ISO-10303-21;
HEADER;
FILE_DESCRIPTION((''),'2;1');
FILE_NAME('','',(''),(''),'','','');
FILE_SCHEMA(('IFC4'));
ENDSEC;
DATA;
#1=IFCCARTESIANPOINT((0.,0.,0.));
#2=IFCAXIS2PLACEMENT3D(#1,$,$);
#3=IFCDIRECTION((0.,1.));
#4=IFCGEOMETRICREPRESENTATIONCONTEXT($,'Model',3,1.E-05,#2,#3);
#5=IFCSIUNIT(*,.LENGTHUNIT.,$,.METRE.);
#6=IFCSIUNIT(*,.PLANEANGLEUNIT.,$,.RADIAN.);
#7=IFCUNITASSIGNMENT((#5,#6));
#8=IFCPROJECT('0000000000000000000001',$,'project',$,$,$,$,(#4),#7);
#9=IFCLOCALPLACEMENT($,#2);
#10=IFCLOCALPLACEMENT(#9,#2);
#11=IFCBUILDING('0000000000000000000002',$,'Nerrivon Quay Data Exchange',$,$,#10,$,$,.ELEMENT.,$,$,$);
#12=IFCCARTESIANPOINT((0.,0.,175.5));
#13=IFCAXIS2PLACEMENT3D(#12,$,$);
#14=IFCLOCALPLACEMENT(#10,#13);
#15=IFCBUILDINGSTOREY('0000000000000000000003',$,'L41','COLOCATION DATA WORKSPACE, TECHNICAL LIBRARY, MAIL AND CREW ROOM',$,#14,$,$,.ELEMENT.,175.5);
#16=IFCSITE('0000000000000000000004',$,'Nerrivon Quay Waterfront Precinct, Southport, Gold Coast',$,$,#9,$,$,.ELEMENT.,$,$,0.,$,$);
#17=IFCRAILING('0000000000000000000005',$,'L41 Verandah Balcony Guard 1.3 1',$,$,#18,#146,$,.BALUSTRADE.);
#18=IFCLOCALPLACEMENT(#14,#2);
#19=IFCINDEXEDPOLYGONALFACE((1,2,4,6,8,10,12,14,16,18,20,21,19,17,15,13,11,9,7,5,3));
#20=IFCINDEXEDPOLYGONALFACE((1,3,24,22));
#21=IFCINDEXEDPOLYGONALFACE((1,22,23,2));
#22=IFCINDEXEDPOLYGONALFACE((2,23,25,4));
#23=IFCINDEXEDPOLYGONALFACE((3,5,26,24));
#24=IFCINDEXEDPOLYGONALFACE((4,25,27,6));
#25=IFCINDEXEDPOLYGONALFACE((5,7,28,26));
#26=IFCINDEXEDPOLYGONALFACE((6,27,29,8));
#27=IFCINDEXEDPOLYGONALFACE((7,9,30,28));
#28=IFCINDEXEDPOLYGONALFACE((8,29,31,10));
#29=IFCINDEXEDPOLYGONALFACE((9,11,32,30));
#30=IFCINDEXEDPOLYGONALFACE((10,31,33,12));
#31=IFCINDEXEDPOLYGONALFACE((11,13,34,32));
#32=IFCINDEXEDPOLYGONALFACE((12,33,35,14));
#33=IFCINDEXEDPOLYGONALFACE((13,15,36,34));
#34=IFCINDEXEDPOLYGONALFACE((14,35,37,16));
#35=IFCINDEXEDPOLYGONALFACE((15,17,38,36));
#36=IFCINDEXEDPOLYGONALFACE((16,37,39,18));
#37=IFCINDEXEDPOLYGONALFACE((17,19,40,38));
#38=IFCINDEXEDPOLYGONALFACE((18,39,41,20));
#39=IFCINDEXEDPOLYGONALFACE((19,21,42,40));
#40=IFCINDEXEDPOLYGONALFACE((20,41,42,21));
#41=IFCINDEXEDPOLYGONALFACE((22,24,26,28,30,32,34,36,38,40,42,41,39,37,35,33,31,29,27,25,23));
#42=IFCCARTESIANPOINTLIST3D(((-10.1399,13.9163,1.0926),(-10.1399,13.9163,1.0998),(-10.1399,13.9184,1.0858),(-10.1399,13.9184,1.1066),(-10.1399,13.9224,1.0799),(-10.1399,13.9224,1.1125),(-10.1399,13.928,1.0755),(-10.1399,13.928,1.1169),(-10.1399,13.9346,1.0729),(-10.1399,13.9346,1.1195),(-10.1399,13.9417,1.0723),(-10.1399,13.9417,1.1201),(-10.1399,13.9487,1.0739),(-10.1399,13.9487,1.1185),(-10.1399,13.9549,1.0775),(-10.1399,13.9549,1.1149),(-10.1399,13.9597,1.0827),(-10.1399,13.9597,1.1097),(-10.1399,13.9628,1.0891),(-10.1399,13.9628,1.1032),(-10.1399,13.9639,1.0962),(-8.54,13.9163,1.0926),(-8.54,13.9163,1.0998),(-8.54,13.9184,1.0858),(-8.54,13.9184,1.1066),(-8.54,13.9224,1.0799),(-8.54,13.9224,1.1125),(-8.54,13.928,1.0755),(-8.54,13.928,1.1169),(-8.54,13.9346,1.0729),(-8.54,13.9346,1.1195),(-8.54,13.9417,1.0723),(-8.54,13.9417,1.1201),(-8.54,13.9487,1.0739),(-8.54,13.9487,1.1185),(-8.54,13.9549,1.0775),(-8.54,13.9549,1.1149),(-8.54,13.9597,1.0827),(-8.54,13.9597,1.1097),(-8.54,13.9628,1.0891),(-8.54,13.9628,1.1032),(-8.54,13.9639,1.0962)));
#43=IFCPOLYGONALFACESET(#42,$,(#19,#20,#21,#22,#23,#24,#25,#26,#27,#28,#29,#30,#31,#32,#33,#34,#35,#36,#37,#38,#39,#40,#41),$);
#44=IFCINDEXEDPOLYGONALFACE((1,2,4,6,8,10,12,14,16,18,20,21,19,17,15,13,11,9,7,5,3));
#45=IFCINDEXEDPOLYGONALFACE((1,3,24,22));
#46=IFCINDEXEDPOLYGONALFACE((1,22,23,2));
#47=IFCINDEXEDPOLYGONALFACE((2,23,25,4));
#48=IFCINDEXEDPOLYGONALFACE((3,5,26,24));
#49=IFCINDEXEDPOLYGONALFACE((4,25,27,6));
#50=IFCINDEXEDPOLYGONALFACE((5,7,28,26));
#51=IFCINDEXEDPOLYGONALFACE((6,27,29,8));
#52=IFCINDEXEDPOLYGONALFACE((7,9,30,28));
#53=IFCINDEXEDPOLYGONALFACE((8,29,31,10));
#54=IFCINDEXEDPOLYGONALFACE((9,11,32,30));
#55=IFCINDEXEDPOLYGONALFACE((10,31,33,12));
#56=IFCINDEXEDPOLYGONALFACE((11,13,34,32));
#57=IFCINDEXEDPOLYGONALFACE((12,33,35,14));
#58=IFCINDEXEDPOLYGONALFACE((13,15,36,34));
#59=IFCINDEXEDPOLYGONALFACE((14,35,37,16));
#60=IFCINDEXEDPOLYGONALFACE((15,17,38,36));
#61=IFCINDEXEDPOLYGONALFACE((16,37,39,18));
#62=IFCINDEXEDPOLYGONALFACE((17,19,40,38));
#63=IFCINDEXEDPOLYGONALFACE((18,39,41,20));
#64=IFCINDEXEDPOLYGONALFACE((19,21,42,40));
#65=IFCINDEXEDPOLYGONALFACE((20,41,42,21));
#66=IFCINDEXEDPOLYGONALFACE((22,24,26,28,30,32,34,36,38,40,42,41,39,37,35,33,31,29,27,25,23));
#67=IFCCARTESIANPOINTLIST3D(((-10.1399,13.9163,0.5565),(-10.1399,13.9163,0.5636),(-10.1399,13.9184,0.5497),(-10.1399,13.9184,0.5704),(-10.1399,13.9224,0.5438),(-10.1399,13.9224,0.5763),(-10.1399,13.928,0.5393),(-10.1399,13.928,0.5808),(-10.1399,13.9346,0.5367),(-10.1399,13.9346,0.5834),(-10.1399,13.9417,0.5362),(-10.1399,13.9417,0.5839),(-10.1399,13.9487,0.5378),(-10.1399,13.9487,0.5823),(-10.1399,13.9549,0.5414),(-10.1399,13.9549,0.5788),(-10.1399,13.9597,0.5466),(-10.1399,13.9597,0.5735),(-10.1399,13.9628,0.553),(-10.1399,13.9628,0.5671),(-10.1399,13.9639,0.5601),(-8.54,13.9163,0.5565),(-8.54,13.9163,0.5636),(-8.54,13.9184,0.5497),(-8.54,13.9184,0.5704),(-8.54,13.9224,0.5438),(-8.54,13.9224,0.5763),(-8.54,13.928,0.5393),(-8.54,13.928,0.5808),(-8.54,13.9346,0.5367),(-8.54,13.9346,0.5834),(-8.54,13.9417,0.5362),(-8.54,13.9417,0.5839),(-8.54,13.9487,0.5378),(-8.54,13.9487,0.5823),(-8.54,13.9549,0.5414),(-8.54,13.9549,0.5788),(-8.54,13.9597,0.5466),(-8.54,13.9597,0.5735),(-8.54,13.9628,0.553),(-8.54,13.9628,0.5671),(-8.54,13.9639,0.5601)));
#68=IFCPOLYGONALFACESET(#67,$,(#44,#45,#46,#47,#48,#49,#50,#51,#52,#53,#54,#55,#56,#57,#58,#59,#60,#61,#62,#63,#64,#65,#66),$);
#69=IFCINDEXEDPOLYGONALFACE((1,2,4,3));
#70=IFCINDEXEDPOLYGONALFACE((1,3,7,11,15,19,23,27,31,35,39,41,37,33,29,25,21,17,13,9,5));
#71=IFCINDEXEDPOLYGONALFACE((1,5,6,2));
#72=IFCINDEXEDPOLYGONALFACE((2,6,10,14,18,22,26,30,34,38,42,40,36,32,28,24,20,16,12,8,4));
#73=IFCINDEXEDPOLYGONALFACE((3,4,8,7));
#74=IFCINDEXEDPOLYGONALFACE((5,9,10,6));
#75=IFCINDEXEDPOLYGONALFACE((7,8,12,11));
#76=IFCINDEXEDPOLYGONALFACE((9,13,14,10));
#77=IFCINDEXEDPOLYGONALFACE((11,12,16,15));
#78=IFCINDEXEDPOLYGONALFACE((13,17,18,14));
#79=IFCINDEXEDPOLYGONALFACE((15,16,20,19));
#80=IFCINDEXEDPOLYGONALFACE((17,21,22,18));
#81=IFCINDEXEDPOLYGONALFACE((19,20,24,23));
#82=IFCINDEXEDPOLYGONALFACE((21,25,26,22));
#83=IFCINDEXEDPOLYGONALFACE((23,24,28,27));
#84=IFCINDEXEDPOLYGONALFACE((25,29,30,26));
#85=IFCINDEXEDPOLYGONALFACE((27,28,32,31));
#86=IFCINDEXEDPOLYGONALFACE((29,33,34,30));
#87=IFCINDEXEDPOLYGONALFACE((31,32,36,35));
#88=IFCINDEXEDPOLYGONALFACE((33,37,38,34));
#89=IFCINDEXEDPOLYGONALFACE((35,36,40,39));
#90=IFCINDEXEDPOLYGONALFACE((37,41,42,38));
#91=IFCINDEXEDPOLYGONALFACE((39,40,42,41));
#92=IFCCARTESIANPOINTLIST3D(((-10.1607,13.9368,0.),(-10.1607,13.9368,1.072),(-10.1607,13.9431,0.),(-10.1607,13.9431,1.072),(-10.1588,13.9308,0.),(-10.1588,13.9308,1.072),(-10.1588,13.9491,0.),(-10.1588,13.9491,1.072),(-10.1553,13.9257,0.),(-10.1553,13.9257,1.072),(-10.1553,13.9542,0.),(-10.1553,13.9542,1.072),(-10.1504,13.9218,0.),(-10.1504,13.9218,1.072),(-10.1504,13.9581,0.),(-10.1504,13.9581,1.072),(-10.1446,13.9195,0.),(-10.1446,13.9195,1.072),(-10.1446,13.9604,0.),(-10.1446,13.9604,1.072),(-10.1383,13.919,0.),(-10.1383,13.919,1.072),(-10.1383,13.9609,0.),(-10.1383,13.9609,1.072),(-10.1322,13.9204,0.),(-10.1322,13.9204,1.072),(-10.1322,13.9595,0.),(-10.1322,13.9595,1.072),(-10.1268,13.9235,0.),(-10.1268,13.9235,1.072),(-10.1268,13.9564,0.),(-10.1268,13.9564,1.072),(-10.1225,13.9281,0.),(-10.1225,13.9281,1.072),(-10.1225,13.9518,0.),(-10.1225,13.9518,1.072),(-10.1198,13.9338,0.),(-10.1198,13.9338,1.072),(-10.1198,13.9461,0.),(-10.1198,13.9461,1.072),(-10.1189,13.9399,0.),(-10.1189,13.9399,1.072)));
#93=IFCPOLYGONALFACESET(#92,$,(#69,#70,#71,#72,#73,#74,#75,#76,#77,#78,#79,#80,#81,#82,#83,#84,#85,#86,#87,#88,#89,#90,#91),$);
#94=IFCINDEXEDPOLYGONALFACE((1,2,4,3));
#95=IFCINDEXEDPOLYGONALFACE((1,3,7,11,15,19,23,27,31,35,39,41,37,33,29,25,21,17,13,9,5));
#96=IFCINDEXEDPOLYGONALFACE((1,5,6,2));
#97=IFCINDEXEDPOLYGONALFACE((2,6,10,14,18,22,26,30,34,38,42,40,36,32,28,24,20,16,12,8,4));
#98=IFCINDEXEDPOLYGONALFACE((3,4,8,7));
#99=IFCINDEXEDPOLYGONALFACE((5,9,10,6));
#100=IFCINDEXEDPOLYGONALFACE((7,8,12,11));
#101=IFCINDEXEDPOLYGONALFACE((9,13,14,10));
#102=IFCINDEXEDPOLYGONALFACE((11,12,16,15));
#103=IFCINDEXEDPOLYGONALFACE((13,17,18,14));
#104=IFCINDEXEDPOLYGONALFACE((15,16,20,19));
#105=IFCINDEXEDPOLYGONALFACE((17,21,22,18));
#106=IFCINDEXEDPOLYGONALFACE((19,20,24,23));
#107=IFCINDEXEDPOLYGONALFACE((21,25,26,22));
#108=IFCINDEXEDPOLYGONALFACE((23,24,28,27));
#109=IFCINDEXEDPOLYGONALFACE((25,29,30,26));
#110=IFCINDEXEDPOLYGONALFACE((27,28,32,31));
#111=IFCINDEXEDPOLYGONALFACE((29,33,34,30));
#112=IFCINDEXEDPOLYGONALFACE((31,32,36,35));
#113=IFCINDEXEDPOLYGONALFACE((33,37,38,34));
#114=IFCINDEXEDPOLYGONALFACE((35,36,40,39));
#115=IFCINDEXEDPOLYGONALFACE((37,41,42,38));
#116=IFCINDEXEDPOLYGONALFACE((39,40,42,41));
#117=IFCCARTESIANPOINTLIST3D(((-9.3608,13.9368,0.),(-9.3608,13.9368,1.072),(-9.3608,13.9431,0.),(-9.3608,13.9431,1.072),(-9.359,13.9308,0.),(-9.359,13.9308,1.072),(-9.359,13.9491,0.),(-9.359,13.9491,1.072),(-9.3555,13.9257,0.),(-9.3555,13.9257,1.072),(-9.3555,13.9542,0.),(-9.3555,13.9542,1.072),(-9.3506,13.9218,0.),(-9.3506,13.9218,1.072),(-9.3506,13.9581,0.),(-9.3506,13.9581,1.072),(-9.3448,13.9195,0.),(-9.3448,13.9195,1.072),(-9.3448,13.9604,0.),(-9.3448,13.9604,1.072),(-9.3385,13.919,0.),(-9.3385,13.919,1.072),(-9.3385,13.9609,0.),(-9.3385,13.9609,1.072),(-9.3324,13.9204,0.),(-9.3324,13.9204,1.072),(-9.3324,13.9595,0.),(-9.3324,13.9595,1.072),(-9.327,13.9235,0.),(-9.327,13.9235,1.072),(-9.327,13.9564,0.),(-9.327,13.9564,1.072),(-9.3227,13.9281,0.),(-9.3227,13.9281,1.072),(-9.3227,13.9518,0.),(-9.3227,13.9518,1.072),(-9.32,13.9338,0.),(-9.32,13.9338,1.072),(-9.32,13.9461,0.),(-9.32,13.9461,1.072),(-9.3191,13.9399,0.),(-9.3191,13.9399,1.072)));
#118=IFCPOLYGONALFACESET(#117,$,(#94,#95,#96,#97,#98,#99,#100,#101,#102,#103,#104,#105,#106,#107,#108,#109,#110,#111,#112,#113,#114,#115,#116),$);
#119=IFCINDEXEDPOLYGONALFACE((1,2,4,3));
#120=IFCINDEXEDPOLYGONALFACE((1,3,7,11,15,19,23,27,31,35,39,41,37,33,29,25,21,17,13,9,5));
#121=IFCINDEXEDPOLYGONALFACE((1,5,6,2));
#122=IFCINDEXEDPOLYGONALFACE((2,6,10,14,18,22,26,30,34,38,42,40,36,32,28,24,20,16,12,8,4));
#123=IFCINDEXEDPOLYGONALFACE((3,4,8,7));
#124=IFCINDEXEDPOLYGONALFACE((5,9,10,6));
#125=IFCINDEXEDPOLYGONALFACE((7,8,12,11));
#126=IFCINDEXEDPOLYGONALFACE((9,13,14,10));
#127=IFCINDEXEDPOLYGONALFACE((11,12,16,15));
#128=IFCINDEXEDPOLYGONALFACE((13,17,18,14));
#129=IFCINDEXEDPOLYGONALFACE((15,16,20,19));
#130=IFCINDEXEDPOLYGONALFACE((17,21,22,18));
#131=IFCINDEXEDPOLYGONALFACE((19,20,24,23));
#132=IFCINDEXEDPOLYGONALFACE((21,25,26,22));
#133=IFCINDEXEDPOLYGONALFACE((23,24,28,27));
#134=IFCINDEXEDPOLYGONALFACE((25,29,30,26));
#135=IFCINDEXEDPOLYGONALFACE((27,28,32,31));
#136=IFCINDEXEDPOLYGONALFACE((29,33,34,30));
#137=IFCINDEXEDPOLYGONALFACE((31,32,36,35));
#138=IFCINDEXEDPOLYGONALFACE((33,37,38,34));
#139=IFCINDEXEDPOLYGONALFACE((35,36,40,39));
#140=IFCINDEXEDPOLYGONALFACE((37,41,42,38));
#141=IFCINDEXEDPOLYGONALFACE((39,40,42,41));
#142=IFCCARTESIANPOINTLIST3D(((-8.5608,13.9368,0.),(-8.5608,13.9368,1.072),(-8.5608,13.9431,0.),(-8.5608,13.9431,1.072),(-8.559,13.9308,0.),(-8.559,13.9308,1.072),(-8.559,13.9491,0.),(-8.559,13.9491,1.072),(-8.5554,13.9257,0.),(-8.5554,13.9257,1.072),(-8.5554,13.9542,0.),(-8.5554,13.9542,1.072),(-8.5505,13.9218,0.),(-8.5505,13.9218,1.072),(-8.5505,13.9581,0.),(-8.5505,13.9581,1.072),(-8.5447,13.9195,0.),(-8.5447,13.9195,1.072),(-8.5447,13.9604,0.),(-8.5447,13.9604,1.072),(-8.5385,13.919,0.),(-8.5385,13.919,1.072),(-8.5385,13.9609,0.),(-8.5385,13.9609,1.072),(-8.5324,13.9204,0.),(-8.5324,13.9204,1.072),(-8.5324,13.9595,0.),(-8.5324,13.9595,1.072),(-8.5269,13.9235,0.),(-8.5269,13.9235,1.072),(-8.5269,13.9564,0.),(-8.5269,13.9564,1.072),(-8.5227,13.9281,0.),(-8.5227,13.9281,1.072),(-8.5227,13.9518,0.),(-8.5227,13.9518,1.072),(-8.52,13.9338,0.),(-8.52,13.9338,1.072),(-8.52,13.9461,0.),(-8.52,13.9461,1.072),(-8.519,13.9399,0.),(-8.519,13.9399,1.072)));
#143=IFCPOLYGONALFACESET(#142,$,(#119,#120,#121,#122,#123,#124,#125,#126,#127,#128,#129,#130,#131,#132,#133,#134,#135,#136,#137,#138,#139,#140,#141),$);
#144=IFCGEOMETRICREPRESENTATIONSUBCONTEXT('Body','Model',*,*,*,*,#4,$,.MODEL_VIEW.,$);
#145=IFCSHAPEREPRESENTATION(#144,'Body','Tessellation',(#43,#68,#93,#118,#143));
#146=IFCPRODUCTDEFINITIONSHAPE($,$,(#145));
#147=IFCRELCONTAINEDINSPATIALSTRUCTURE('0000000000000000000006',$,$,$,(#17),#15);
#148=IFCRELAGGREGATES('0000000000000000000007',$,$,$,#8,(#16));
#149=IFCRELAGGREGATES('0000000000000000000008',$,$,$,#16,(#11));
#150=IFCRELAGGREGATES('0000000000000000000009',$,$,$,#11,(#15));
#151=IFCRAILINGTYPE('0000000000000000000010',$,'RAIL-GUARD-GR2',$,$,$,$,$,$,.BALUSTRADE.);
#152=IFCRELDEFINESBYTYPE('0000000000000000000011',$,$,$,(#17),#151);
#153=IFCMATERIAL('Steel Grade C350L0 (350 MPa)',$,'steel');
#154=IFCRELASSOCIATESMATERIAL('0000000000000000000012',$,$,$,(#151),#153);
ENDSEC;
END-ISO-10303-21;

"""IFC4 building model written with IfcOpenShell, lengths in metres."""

from ifc_helpers import new_model, si_unit, direction, frame, origin, origin_2d, place, context, subcontext, project, spatial, circle, extrude, material, type_object, element, save


model = new_model("IFC4")

# Units and contexts
model_context = context("Model", 3, precision=1e-05, world=origin(), true_north=direction((0.0, 1.0)))
body_context = subcontext(model_context, "Body", "Model", "MODEL_VIEW")
ifc_project = project(units=[si_unit("LENGTHUNIT", "METRE"), si_unit("PLANEANGLEUNIT", "RADIAN")], contexts=[model_context])

# Site, building, storey
site_placement = place(None, origin())
site = spatial("IfcSite", under=ifc_project, at=site_placement, Name="Nerrivon Quay Waterfront Precinct, Southport, Gold Coast", CompositionType="ELEMENT", RefElevation=0.0)
building_placement = place(site_placement, origin())
building = spatial("IfcBuilding", under=site, at=building_placement, Name="Nerrivon Quay Data Exchange", CompositionType="ELEMENT")
storey_placement = place(building_placement, frame((0.0, 0.0, 175.5)))
storey = spatial("IfcBuildingStorey", under=building, at=storey_placement, Name="L41", Description="COLOCATION DATA WORKSPACE, TECHNICAL LIBRARY, MAIL AND CREW ROOM", CompositionType="ELEMENT", Elevation=175.5)

# Railing
ifc_material_1 = material(Name="Steel Grade C350L0 (350 MPa)", Category="steel")
railing_type = type_object("IfcRailingType", Name="RAIL-GUARD-GR2", PredefinedType="BALUSTRADE", material=ifc_material_1)
railing_1_placement = place(storey_placement, frame((-10.1399, 13.9399, 0.0)))
element("IfcRailing", 1, at=railing_1_placement, inside=storey, type_object=railing_type, Name="L41 Verandah Balcony Guard 1.3 1", PredefinedType="BALUSTRADE", context=body_context, shape_type="SweptSolid", body=[
    extrude(circle(Radius=0.0239, at=origin_2d()), frame((0.0, 0.0, 1.0962), z_axis=(1.0, 0.0, 0.0), x_axis=(0.0, 1.0, 0.0)), (0.0, 0.0, 1.0), 1.5999),
    extrude(circle(Radius=0.0239, at=origin_2d()), frame((0.0, 0.0, 0.5601), z_axis=(1.0, 0.0, 0.0), x_axis=(0.0, 1.0, 0.0)), (0.0, 0.0, 1.0), 1.5999),
    extrude(circle(Radius=0.021, at=origin_2d()), origin(), (0.0, 0.0, 1.0), 1.072),
    extrude(circle(Radius=0.021, at=origin_2d()), frame((0.7998, 0.0, 0.0)), (0.0, 0.0, 1.0), 1.072),
    extrude(circle(Radius=0.021, at=origin_2d()), frame((1.5999, 0.0, 0.0)), (0.0, 0.0, 1.0), 1.072),
])

save(model, "model.ifc")
